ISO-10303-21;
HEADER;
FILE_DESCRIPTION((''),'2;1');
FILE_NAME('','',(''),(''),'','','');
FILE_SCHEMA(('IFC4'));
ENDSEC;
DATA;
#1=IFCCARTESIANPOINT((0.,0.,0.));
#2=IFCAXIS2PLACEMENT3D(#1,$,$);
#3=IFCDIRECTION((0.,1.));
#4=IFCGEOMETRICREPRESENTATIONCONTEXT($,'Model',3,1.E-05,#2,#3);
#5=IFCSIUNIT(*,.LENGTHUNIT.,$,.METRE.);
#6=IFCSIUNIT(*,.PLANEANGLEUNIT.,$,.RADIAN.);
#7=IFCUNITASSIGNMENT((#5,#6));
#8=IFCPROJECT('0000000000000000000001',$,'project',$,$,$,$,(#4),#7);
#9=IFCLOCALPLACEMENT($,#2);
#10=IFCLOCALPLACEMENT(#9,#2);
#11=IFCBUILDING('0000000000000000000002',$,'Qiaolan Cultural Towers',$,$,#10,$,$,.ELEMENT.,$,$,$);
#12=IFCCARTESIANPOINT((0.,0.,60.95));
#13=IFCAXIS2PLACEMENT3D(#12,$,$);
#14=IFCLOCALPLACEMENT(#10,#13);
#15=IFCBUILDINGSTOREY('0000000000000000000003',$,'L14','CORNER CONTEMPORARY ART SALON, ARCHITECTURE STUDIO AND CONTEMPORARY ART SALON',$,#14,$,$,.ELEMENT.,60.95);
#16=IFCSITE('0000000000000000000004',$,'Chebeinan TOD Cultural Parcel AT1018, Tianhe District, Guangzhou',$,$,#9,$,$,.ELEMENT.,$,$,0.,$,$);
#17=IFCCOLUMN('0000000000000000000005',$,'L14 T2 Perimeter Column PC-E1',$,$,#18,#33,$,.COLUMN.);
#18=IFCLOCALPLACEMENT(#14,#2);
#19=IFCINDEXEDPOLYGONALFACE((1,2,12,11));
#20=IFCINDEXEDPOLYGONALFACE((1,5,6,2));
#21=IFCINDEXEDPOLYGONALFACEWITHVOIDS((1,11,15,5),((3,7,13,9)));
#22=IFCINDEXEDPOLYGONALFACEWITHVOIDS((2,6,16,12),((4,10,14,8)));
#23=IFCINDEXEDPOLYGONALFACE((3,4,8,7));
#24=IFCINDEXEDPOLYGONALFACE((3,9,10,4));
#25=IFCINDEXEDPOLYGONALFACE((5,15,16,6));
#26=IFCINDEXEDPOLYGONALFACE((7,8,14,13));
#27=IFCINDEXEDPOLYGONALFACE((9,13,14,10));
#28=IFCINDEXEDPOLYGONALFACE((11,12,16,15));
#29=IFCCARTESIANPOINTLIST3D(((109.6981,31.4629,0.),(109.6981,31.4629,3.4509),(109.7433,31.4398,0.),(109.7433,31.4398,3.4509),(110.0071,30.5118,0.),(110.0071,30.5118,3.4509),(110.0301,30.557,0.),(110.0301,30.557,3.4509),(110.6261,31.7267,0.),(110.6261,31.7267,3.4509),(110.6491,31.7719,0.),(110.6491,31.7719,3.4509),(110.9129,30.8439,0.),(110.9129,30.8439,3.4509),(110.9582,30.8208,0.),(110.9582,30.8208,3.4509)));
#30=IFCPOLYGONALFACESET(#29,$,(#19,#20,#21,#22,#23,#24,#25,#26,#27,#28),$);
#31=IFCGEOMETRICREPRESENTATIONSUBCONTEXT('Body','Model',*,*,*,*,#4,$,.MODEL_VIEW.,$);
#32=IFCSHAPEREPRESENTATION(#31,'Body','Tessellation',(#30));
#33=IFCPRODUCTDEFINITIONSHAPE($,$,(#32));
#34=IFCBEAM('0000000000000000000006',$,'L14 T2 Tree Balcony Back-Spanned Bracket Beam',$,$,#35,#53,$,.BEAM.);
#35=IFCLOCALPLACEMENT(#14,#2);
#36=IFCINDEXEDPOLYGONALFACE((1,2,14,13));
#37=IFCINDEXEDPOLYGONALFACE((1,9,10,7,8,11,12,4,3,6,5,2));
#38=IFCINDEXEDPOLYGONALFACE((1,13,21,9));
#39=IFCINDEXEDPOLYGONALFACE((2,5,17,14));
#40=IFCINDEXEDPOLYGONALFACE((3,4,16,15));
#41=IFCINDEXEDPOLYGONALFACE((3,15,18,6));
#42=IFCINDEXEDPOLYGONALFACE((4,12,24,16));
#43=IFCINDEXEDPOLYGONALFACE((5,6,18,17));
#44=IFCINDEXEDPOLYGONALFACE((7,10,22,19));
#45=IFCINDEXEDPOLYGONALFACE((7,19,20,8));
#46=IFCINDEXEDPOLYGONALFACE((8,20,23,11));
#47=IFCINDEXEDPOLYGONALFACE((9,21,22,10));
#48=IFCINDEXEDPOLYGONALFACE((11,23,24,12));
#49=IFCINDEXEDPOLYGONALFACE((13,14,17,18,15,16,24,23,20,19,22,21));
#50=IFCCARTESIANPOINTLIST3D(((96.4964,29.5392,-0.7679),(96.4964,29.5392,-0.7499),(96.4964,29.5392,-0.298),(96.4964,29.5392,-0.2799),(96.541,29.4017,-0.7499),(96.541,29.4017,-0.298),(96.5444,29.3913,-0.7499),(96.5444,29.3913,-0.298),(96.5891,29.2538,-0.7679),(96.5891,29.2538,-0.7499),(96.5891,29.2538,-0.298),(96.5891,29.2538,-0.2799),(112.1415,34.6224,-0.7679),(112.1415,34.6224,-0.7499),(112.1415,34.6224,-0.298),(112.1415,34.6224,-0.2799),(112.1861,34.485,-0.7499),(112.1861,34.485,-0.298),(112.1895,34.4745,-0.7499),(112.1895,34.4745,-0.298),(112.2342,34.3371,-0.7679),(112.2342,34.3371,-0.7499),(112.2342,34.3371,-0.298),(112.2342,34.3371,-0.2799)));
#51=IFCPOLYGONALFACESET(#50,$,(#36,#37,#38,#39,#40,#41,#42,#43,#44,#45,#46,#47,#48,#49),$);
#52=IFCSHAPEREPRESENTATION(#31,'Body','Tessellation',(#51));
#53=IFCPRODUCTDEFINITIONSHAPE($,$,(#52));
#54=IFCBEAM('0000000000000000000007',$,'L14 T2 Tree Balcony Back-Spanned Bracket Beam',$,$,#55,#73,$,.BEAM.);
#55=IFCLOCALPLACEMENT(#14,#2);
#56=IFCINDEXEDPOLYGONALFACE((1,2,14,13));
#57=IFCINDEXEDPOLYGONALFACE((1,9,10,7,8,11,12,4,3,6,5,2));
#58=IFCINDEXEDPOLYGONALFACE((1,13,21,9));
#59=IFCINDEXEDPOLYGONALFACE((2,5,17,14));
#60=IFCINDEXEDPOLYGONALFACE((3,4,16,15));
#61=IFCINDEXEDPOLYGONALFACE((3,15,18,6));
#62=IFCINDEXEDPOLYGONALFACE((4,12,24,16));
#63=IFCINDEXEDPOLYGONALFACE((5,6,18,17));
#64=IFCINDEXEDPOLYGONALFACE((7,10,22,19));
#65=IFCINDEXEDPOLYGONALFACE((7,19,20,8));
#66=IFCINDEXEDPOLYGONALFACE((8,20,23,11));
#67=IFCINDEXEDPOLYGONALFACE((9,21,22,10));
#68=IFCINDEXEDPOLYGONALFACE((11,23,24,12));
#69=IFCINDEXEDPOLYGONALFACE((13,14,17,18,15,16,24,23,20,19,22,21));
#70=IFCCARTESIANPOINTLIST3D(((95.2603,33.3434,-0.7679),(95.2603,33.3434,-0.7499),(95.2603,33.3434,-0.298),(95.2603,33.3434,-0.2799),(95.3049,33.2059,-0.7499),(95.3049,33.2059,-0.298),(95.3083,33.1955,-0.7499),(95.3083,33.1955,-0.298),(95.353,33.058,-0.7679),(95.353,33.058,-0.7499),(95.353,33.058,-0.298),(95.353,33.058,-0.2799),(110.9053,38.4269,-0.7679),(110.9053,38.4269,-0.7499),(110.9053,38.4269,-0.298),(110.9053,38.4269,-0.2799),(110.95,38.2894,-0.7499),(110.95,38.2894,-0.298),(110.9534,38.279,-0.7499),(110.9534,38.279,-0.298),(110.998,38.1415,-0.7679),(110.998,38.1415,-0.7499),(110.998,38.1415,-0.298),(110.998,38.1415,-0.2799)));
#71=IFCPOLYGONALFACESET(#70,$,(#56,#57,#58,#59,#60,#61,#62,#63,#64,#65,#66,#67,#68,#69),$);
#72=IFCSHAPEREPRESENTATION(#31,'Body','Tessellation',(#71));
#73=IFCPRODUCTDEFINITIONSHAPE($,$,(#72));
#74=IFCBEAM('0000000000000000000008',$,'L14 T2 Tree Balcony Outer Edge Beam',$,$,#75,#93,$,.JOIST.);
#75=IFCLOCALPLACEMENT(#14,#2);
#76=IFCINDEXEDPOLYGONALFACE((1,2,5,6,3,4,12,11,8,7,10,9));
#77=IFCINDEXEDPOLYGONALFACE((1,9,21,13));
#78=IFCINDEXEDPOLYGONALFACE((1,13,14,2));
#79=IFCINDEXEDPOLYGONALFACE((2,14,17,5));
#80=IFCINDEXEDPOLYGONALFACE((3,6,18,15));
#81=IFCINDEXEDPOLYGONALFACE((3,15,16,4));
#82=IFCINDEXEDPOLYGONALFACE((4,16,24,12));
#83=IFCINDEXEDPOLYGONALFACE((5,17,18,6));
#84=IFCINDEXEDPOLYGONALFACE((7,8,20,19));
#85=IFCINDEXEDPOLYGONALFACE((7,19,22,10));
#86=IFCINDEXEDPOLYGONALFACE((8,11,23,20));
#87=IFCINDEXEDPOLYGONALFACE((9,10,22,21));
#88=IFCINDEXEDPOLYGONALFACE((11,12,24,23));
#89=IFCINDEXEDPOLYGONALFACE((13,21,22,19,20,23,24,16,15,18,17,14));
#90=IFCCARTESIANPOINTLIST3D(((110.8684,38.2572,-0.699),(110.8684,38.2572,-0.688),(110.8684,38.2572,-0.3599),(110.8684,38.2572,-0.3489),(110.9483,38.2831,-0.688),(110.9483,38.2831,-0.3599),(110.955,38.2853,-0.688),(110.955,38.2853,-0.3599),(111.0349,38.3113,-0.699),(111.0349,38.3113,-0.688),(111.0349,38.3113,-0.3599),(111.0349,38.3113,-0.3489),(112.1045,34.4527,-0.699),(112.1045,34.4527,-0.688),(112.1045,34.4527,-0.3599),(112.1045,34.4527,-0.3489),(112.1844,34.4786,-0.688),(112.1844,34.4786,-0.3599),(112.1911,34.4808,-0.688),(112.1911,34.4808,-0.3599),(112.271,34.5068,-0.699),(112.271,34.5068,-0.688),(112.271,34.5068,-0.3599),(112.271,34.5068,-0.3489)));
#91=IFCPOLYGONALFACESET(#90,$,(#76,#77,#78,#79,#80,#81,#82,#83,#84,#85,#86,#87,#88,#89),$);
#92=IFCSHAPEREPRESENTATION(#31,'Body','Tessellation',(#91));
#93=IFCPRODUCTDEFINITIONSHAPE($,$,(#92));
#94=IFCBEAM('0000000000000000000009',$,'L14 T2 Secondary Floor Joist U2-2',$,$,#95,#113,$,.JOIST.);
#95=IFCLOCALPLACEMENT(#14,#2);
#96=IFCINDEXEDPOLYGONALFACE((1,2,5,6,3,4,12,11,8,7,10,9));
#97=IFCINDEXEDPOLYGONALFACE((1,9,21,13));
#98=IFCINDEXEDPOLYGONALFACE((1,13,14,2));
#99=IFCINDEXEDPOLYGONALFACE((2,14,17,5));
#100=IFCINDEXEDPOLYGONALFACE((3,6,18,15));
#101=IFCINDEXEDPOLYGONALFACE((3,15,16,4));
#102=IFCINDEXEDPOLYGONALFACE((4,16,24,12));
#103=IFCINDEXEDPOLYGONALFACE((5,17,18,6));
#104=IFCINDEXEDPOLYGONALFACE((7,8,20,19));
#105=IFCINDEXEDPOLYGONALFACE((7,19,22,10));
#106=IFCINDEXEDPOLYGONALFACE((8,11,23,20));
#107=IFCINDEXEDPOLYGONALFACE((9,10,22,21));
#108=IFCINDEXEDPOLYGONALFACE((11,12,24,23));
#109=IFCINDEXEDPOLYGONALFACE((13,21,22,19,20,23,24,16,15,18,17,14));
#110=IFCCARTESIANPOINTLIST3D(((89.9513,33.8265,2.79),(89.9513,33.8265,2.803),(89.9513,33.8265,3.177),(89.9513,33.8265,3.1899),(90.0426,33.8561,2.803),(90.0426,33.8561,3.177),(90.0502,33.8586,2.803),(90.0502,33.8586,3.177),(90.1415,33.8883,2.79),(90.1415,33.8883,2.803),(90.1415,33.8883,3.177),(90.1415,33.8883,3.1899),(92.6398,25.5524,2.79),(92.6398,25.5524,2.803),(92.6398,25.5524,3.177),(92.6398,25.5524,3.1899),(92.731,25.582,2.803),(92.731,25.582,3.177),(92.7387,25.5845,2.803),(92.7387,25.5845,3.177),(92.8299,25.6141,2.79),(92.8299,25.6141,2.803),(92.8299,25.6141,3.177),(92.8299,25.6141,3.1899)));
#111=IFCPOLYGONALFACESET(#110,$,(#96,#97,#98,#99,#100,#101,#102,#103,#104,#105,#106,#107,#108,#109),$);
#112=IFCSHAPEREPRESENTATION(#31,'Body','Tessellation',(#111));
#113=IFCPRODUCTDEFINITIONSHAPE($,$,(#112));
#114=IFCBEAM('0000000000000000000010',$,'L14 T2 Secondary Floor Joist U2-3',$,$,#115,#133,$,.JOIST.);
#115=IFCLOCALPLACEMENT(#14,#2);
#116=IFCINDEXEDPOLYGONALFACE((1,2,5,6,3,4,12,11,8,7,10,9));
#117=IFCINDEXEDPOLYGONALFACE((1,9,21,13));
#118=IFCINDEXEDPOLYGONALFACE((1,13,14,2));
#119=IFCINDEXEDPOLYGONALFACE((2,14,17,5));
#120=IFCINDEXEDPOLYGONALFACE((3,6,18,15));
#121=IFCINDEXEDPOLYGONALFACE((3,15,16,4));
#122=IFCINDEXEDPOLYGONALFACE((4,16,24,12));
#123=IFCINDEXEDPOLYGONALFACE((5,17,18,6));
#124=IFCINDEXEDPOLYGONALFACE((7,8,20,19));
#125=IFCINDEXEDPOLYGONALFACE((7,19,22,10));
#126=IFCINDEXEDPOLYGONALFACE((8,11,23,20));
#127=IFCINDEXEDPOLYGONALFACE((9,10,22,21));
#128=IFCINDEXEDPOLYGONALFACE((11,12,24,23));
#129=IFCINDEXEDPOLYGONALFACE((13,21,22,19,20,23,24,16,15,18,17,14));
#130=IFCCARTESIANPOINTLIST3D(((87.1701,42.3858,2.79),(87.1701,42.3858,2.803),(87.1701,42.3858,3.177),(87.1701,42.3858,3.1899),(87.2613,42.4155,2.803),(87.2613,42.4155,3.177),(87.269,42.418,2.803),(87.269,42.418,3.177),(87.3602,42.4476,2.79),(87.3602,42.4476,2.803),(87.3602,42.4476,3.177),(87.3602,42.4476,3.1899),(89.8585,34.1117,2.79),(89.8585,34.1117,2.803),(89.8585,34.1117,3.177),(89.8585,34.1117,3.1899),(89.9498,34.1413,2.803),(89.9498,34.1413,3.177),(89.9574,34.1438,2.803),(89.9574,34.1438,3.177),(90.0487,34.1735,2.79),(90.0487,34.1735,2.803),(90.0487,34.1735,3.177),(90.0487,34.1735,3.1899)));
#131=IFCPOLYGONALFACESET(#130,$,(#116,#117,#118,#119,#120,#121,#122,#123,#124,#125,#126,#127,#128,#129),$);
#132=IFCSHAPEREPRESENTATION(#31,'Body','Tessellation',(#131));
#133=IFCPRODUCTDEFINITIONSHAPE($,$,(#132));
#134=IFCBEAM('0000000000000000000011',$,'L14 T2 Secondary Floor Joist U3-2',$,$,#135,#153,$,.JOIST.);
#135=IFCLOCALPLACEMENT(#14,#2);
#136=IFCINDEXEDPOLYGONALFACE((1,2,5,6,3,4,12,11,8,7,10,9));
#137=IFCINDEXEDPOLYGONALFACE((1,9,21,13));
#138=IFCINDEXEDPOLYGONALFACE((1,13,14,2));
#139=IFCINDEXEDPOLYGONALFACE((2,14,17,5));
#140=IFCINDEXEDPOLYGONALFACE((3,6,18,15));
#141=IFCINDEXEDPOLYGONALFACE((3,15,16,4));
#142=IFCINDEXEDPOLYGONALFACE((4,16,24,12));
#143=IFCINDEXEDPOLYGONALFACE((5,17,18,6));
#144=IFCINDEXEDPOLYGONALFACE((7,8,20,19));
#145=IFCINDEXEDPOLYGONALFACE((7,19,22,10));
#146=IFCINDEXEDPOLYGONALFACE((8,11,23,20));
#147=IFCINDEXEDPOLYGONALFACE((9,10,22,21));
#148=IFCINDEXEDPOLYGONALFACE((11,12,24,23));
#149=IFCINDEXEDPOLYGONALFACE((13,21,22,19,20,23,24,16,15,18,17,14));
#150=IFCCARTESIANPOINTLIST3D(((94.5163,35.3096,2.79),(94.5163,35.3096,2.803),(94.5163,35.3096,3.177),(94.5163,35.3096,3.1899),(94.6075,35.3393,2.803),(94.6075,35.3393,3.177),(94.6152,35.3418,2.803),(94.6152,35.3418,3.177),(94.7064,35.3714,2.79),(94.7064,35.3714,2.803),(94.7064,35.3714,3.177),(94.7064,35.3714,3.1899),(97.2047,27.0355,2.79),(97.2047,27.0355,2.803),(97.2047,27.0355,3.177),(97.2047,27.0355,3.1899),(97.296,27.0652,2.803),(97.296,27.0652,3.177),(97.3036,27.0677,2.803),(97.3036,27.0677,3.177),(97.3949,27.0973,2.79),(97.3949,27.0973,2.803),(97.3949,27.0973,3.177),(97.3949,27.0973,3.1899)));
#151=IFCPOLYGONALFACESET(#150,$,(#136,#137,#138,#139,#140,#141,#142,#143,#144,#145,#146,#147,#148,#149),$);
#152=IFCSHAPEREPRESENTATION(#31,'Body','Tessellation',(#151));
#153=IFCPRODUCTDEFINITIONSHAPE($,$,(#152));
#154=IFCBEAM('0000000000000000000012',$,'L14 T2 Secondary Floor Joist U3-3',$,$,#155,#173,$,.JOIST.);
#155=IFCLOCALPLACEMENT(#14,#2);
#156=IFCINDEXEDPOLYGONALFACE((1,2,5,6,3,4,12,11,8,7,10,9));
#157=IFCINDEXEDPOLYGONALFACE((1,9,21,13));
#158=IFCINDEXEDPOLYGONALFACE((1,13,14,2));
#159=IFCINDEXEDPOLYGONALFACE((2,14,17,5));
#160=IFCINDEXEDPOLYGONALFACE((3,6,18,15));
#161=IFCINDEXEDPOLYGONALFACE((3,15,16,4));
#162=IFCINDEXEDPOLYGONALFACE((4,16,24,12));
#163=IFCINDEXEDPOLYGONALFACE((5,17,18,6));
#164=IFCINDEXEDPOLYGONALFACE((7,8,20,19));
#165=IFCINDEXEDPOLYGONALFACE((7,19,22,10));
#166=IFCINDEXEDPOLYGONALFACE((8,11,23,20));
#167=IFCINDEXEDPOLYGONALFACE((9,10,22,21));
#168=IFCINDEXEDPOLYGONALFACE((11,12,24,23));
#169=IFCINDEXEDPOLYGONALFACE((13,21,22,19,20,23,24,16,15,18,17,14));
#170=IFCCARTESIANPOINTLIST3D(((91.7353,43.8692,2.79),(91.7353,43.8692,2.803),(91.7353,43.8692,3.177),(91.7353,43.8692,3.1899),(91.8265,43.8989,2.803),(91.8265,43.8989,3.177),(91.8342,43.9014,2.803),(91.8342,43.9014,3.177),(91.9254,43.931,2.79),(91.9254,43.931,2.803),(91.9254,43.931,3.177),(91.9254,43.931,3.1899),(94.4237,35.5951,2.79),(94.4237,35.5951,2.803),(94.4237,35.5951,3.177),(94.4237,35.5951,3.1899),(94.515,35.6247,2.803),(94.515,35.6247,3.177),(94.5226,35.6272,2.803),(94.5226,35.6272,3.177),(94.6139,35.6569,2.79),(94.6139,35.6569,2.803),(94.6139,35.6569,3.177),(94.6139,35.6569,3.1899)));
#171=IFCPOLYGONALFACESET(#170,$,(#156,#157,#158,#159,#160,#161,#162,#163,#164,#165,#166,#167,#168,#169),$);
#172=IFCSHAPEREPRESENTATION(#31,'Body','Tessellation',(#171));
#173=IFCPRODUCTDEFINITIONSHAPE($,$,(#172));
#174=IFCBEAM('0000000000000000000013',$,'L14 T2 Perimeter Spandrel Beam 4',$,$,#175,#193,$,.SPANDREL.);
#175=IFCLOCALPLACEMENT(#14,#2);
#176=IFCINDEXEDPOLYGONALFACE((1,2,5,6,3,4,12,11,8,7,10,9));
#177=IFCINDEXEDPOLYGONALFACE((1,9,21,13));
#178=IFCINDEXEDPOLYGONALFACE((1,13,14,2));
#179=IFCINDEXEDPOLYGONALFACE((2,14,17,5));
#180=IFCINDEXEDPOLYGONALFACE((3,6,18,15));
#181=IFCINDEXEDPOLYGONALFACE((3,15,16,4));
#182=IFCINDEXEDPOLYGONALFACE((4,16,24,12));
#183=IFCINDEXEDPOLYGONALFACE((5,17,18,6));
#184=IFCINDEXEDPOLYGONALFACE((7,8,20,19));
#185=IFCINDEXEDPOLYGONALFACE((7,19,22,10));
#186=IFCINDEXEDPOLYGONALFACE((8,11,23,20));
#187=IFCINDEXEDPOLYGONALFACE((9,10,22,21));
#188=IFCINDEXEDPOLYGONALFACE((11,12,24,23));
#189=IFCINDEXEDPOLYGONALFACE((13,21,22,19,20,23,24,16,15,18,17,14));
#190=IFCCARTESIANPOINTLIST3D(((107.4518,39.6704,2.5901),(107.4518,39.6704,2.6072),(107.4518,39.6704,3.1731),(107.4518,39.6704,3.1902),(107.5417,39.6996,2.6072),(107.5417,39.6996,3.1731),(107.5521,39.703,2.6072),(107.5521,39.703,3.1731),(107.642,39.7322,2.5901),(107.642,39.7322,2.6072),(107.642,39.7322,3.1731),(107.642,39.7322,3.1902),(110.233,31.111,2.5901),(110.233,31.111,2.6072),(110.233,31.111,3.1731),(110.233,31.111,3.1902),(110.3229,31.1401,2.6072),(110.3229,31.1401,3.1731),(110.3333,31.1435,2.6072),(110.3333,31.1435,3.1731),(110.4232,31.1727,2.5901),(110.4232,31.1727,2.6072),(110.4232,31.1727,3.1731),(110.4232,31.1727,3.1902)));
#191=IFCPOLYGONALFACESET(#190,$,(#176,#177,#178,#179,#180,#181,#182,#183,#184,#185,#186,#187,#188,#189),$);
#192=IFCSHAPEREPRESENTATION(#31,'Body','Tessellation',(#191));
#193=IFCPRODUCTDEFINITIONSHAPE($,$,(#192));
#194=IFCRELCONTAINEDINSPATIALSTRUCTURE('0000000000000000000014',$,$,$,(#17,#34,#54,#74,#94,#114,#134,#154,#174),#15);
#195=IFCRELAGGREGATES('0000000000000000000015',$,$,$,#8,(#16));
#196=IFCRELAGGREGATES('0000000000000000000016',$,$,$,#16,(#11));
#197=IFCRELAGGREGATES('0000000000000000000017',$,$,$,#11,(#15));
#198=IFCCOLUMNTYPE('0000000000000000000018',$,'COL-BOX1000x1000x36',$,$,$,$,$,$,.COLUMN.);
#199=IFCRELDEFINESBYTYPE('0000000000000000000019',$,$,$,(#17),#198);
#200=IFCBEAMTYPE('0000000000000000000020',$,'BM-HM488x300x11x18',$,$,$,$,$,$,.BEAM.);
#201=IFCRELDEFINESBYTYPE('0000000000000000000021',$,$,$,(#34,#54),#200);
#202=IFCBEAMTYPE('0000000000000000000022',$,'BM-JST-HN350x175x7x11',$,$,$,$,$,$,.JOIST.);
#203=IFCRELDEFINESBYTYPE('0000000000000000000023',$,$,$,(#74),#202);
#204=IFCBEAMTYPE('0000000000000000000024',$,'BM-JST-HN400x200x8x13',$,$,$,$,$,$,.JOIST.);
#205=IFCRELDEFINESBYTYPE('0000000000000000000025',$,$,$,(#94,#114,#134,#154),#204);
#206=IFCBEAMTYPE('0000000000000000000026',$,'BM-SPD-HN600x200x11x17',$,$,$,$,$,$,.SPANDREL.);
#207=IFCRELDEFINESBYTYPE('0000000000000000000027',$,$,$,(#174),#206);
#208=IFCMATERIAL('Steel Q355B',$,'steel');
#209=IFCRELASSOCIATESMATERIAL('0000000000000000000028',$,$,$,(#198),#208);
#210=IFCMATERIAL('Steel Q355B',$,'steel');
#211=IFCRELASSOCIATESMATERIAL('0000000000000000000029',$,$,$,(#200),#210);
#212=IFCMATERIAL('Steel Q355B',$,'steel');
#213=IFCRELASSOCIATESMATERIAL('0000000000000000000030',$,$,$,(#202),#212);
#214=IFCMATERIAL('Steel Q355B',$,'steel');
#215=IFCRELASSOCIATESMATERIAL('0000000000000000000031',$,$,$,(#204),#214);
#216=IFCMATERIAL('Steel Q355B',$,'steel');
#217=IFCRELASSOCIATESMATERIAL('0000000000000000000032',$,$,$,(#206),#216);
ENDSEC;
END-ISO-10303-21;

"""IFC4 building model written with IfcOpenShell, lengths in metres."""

from ifc_helpers import new_model, si_unit, direction, frame, origin, origin_2d, place, context, subcontext, project, spatial, hollow_rectangle, i_section, extrude, material, material_profile, profile_set, type_object, element, save


model = new_model("IFC4")

# Units and contexts
model_context = context("Model", 3, precision=1e-05, world=origin(), true_north=direction((0.0, 1.0)))
body_context = subcontext(model_context, "Body", "Model", "MODEL_VIEW")
ifc_project = project(units=[si_unit("LENGTHUNIT", "METRE"), si_unit("PLANEANGLEUNIT", "RADIAN")], contexts=[model_context])

# Site, building, storey
site_placement = place(None, origin())
site = spatial("IfcSite", under=ifc_project, at=site_placement, Name="Chebeinan TOD Cultural Parcel AT1018, Tianhe District, Guangzhou", CompositionType="ELEMENT", RefElevation=0.0)
building_placement = place(site_placement, origin())
building = spatial("IfcBuilding", under=site, at=building_placement, Name="Qiaolan Cultural Towers", CompositionType="ELEMENT")
storey_placement = place(building_placement, frame((0.0, 0.0, 60.95)))
storey = spatial("IfcBuildingStorey", under=building, at=storey_placement, Name="L14", Description="CORNER CONTEMPORARY ART SALON, ARCHITECTURE STUDIO AND CONTEMPORARY ART SALON", CompositionType="ELEMENT", Elevation=60.95)

# Column
ifc_material_1 = material(Name="Steel Q355B", Category="steel")
ifc_material_profile_1 = material_profile(ifc_material_1, hollow_rectangle(XDim=1.0, YDim=1.0, WallThickness=0.0359, at=origin_2d()), Name="BOX1000x1000x36")
ifc_profile_set_1 = profile_set([ifc_material_profile_1], Name="Steel Q355B")
column_type = type_object("IfcColumnType", Name="COL-BOX1000x1000x36", PredefinedType="COLUMN", material=ifc_profile_set_1)
column_placement = place(storey_placement, frame((110.3281, 31.1418, 0.0), z_axis=(0.0, 0.0, 1.0), x_axis=(0.951057, 0.309017, 0.0)))
element("IfcColumn", 1, at=column_placement, inside=storey, type_object=column_type, Name="L14 T2 Perimeter Column PC-E1", PredefinedType="COLUMN", context=body_context, shape_type="SweptSolid", body=[
    extrude(hollow_rectangle(XDim=1.0, YDim=1.0, WallThickness=0.0359, at=origin_2d()), origin(), (0.0, 0.0, 1.0), 3.4509),
])

# Beams
ifc_material_2 = material(Name="Steel Q355B", Category="steel")
ifc_material_profile_2 = material_profile(ifc_material_2, i_section(OverallWidth=0.3, OverallDepth=0.488, WebThickness=0.011, FlangeThickness=0.0181, at=origin_2d()), Name="HM488x300x11x18")
ifc_profile_set_2 = profile_set([ifc_material_profile_2], Name="Steel Q355B")
beam_type_1 = type_object("IfcBeamType", Name="BM-HM488x300x11x18", PredefinedType="BEAM", material=ifc_profile_set_2)
for number, where, z_axis, x_axis, name in (
    (2, (96.5427, 29.3965, -0.5239), (0.951059, 0.30901, 0.0), (-0.30901, 0.951059, 0.0), "L14 T2 Tree Balcony Back-Spanned Bracket Beam"),
    (3, (95.3066, 33.2007, -0.5239), (0.951054, 0.309024, 0.0), (-0.309024, 0.951054, 0.0), "L14 T2 Tree Balcony Back-Spanned Bracket Beam"),
):
    element("IfcBeam", number, at=place(storey_placement, frame(where, z_axis=z_axis, x_axis=x_axis)), inside=storey, type_object=beam_type_1, Name=name, PredefinedType="BEAM", context=body_context, shape_type="SweptSolid", body=[
        extrude(i_section(OverallWidth=0.3, OverallDepth=0.488, WebThickness=0.011, FlangeThickness=0.0181, at=origin_2d()), origin(), (0.0, 0.0, 1.0), 16.4502),
    ])
ifc_material_3 = material(Name="Steel Q355B", Category="steel")
ifc_material_profile_3 = material_profile(ifc_material_3, i_section(OverallWidth=0.175, OverallDepth=0.3501, WebThickness=0.0071, FlangeThickness=0.011, at=origin_2d()), Name="HN350x175x7x11")
ifc_profile_set_3 = profile_set([ifc_material_profile_3], Name="Steel Q355B")
beam_type_2 = type_object("IfcBeamType", Name="BM-JST-HN350x175x7x11", PredefinedType="JOIST", material=ifc_profile_set_3)
beam_1_placement = place(storey_placement, frame((112.1877, 34.4797, -0.5239), z_axis=(-0.309005, 0.951061, 0.0), x_axis=(-0.951061, -0.309005, 0.0)))
element("IfcBeam", 4, at=beam_1_placement, inside=storey, type_object=beam_type_2, Name="L14 T2 Tree Balcony Outer Edge Beam", PredefinedType="JOIST", context=body_context, shape_type="SweptSolid", body=[
    extrude(i_section(OverallWidth=0.175, OverallDepth=0.3501, WebThickness=0.0071, FlangeThickness=0.011, at=origin_2d()), origin(), (0.0, 0.0, 1.0), 4.0002),
])
ifc_material_4 = material(Name="Steel Q355B", Category="steel")
ifc_material_profile_4 = material_profile(ifc_material_4, i_section(OverallWidth=0.2, OverallDepth=0.3999, WebThickness=0.0081, FlangeThickness=0.0129, at=origin_2d()), Name="HN400x200x8x13")
ifc_profile_set_4 = profile_set([ifc_material_profile_4], Name="Steel Q355B")
beam_type_3 = type_object("IfcBeamType", Name="BM-JST-HN400x200x8x13", PredefinedType="JOIST", material=ifc_profile_set_4)
for number, where, z_axis, x_axis, name in (
    (5, (92.7349, 25.5833, 2.99), (-0.309021, 0.951055, 0.0), (-0.951055, -0.309021, 0.0), "L14 T2 Secondary Floor Joist U2-2"),
    (6, (89.9536, 34.1426, 2.99), (-0.309021, 0.951055, 0.0), (-0.951055, -0.309021, 0.0), "L14 T2 Secondary Floor Joist U2-3"),
    (7, (97.2998, 27.0664, 2.99), (-0.309021, 0.951055, 0.0), (-0.951055, -0.309021, 0.0), "L14 T2 Secondary Floor Joist U3-2"),
    (8, (94.5188, 35.626, 2.99), (-0.309021, 0.951055, 0.0), (-0.951055, -0.309021, 0.0), "L14 T2 Secondary Floor Joist U3-3"),
):
    element("IfcBeam", number, at=place(storey_placement, frame(where, z_axis=z_axis, x_axis=x_axis)), inside=storey, type_object=beam_type_3, Name=name, PredefinedType="JOIST", context=body_context, shape_type="SweptSolid", body=[
        extrude(i_section(OverallWidth=0.2, OverallDepth=0.3999, WebThickness=0.0081, FlangeThickness=0.0129, at=origin_2d()), origin(), (0.0, 0.0, 1.0), 8.7),
    ])
ifc_material_5 = material(Name="Steel Q355B", Category="steel")
ifc_material_profile_5 = material_profile(ifc_material_5, i_section(OverallWidth=0.2, OverallDepth=0.6001, WebThickness=0.011, FlangeThickness=0.0171, at=origin_2d()), Name="HN600x200x11x17")
ifc_profile_set_5 = profile_set([ifc_material_profile_5], Name="Steel Q355B")
beam_type_4 = type_object("IfcBeamType", Name="BM-SPD-HN600x200x11x17", PredefinedType="SPANDREL", material=ifc_profile_set_5)
beam_2_placement = place(storey_placement, frame((110.3281, 31.1418, 2.8901), z_axis=(-0.309025, 0.951054, 0.0), x_axis=(-0.951054, -0.309025, 0.0)))
element("IfcBeam", 9, at=beam_2_placement, inside=storey, type_object=beam_type_4, Name="L14 T2 Perimeter Spandrel Beam 4", PredefinedType="SPANDREL", context=body_context, shape_type="SweptSolid", body=[
    extrude(i_section(OverallWidth=0.2, OverallDepth=0.6001, WebThickness=0.011, FlangeThickness=0.0171, at=origin_2d()), origin(), (0.0, 0.0, 1.0), 9.0),
])

save(model, "model.ifc")
